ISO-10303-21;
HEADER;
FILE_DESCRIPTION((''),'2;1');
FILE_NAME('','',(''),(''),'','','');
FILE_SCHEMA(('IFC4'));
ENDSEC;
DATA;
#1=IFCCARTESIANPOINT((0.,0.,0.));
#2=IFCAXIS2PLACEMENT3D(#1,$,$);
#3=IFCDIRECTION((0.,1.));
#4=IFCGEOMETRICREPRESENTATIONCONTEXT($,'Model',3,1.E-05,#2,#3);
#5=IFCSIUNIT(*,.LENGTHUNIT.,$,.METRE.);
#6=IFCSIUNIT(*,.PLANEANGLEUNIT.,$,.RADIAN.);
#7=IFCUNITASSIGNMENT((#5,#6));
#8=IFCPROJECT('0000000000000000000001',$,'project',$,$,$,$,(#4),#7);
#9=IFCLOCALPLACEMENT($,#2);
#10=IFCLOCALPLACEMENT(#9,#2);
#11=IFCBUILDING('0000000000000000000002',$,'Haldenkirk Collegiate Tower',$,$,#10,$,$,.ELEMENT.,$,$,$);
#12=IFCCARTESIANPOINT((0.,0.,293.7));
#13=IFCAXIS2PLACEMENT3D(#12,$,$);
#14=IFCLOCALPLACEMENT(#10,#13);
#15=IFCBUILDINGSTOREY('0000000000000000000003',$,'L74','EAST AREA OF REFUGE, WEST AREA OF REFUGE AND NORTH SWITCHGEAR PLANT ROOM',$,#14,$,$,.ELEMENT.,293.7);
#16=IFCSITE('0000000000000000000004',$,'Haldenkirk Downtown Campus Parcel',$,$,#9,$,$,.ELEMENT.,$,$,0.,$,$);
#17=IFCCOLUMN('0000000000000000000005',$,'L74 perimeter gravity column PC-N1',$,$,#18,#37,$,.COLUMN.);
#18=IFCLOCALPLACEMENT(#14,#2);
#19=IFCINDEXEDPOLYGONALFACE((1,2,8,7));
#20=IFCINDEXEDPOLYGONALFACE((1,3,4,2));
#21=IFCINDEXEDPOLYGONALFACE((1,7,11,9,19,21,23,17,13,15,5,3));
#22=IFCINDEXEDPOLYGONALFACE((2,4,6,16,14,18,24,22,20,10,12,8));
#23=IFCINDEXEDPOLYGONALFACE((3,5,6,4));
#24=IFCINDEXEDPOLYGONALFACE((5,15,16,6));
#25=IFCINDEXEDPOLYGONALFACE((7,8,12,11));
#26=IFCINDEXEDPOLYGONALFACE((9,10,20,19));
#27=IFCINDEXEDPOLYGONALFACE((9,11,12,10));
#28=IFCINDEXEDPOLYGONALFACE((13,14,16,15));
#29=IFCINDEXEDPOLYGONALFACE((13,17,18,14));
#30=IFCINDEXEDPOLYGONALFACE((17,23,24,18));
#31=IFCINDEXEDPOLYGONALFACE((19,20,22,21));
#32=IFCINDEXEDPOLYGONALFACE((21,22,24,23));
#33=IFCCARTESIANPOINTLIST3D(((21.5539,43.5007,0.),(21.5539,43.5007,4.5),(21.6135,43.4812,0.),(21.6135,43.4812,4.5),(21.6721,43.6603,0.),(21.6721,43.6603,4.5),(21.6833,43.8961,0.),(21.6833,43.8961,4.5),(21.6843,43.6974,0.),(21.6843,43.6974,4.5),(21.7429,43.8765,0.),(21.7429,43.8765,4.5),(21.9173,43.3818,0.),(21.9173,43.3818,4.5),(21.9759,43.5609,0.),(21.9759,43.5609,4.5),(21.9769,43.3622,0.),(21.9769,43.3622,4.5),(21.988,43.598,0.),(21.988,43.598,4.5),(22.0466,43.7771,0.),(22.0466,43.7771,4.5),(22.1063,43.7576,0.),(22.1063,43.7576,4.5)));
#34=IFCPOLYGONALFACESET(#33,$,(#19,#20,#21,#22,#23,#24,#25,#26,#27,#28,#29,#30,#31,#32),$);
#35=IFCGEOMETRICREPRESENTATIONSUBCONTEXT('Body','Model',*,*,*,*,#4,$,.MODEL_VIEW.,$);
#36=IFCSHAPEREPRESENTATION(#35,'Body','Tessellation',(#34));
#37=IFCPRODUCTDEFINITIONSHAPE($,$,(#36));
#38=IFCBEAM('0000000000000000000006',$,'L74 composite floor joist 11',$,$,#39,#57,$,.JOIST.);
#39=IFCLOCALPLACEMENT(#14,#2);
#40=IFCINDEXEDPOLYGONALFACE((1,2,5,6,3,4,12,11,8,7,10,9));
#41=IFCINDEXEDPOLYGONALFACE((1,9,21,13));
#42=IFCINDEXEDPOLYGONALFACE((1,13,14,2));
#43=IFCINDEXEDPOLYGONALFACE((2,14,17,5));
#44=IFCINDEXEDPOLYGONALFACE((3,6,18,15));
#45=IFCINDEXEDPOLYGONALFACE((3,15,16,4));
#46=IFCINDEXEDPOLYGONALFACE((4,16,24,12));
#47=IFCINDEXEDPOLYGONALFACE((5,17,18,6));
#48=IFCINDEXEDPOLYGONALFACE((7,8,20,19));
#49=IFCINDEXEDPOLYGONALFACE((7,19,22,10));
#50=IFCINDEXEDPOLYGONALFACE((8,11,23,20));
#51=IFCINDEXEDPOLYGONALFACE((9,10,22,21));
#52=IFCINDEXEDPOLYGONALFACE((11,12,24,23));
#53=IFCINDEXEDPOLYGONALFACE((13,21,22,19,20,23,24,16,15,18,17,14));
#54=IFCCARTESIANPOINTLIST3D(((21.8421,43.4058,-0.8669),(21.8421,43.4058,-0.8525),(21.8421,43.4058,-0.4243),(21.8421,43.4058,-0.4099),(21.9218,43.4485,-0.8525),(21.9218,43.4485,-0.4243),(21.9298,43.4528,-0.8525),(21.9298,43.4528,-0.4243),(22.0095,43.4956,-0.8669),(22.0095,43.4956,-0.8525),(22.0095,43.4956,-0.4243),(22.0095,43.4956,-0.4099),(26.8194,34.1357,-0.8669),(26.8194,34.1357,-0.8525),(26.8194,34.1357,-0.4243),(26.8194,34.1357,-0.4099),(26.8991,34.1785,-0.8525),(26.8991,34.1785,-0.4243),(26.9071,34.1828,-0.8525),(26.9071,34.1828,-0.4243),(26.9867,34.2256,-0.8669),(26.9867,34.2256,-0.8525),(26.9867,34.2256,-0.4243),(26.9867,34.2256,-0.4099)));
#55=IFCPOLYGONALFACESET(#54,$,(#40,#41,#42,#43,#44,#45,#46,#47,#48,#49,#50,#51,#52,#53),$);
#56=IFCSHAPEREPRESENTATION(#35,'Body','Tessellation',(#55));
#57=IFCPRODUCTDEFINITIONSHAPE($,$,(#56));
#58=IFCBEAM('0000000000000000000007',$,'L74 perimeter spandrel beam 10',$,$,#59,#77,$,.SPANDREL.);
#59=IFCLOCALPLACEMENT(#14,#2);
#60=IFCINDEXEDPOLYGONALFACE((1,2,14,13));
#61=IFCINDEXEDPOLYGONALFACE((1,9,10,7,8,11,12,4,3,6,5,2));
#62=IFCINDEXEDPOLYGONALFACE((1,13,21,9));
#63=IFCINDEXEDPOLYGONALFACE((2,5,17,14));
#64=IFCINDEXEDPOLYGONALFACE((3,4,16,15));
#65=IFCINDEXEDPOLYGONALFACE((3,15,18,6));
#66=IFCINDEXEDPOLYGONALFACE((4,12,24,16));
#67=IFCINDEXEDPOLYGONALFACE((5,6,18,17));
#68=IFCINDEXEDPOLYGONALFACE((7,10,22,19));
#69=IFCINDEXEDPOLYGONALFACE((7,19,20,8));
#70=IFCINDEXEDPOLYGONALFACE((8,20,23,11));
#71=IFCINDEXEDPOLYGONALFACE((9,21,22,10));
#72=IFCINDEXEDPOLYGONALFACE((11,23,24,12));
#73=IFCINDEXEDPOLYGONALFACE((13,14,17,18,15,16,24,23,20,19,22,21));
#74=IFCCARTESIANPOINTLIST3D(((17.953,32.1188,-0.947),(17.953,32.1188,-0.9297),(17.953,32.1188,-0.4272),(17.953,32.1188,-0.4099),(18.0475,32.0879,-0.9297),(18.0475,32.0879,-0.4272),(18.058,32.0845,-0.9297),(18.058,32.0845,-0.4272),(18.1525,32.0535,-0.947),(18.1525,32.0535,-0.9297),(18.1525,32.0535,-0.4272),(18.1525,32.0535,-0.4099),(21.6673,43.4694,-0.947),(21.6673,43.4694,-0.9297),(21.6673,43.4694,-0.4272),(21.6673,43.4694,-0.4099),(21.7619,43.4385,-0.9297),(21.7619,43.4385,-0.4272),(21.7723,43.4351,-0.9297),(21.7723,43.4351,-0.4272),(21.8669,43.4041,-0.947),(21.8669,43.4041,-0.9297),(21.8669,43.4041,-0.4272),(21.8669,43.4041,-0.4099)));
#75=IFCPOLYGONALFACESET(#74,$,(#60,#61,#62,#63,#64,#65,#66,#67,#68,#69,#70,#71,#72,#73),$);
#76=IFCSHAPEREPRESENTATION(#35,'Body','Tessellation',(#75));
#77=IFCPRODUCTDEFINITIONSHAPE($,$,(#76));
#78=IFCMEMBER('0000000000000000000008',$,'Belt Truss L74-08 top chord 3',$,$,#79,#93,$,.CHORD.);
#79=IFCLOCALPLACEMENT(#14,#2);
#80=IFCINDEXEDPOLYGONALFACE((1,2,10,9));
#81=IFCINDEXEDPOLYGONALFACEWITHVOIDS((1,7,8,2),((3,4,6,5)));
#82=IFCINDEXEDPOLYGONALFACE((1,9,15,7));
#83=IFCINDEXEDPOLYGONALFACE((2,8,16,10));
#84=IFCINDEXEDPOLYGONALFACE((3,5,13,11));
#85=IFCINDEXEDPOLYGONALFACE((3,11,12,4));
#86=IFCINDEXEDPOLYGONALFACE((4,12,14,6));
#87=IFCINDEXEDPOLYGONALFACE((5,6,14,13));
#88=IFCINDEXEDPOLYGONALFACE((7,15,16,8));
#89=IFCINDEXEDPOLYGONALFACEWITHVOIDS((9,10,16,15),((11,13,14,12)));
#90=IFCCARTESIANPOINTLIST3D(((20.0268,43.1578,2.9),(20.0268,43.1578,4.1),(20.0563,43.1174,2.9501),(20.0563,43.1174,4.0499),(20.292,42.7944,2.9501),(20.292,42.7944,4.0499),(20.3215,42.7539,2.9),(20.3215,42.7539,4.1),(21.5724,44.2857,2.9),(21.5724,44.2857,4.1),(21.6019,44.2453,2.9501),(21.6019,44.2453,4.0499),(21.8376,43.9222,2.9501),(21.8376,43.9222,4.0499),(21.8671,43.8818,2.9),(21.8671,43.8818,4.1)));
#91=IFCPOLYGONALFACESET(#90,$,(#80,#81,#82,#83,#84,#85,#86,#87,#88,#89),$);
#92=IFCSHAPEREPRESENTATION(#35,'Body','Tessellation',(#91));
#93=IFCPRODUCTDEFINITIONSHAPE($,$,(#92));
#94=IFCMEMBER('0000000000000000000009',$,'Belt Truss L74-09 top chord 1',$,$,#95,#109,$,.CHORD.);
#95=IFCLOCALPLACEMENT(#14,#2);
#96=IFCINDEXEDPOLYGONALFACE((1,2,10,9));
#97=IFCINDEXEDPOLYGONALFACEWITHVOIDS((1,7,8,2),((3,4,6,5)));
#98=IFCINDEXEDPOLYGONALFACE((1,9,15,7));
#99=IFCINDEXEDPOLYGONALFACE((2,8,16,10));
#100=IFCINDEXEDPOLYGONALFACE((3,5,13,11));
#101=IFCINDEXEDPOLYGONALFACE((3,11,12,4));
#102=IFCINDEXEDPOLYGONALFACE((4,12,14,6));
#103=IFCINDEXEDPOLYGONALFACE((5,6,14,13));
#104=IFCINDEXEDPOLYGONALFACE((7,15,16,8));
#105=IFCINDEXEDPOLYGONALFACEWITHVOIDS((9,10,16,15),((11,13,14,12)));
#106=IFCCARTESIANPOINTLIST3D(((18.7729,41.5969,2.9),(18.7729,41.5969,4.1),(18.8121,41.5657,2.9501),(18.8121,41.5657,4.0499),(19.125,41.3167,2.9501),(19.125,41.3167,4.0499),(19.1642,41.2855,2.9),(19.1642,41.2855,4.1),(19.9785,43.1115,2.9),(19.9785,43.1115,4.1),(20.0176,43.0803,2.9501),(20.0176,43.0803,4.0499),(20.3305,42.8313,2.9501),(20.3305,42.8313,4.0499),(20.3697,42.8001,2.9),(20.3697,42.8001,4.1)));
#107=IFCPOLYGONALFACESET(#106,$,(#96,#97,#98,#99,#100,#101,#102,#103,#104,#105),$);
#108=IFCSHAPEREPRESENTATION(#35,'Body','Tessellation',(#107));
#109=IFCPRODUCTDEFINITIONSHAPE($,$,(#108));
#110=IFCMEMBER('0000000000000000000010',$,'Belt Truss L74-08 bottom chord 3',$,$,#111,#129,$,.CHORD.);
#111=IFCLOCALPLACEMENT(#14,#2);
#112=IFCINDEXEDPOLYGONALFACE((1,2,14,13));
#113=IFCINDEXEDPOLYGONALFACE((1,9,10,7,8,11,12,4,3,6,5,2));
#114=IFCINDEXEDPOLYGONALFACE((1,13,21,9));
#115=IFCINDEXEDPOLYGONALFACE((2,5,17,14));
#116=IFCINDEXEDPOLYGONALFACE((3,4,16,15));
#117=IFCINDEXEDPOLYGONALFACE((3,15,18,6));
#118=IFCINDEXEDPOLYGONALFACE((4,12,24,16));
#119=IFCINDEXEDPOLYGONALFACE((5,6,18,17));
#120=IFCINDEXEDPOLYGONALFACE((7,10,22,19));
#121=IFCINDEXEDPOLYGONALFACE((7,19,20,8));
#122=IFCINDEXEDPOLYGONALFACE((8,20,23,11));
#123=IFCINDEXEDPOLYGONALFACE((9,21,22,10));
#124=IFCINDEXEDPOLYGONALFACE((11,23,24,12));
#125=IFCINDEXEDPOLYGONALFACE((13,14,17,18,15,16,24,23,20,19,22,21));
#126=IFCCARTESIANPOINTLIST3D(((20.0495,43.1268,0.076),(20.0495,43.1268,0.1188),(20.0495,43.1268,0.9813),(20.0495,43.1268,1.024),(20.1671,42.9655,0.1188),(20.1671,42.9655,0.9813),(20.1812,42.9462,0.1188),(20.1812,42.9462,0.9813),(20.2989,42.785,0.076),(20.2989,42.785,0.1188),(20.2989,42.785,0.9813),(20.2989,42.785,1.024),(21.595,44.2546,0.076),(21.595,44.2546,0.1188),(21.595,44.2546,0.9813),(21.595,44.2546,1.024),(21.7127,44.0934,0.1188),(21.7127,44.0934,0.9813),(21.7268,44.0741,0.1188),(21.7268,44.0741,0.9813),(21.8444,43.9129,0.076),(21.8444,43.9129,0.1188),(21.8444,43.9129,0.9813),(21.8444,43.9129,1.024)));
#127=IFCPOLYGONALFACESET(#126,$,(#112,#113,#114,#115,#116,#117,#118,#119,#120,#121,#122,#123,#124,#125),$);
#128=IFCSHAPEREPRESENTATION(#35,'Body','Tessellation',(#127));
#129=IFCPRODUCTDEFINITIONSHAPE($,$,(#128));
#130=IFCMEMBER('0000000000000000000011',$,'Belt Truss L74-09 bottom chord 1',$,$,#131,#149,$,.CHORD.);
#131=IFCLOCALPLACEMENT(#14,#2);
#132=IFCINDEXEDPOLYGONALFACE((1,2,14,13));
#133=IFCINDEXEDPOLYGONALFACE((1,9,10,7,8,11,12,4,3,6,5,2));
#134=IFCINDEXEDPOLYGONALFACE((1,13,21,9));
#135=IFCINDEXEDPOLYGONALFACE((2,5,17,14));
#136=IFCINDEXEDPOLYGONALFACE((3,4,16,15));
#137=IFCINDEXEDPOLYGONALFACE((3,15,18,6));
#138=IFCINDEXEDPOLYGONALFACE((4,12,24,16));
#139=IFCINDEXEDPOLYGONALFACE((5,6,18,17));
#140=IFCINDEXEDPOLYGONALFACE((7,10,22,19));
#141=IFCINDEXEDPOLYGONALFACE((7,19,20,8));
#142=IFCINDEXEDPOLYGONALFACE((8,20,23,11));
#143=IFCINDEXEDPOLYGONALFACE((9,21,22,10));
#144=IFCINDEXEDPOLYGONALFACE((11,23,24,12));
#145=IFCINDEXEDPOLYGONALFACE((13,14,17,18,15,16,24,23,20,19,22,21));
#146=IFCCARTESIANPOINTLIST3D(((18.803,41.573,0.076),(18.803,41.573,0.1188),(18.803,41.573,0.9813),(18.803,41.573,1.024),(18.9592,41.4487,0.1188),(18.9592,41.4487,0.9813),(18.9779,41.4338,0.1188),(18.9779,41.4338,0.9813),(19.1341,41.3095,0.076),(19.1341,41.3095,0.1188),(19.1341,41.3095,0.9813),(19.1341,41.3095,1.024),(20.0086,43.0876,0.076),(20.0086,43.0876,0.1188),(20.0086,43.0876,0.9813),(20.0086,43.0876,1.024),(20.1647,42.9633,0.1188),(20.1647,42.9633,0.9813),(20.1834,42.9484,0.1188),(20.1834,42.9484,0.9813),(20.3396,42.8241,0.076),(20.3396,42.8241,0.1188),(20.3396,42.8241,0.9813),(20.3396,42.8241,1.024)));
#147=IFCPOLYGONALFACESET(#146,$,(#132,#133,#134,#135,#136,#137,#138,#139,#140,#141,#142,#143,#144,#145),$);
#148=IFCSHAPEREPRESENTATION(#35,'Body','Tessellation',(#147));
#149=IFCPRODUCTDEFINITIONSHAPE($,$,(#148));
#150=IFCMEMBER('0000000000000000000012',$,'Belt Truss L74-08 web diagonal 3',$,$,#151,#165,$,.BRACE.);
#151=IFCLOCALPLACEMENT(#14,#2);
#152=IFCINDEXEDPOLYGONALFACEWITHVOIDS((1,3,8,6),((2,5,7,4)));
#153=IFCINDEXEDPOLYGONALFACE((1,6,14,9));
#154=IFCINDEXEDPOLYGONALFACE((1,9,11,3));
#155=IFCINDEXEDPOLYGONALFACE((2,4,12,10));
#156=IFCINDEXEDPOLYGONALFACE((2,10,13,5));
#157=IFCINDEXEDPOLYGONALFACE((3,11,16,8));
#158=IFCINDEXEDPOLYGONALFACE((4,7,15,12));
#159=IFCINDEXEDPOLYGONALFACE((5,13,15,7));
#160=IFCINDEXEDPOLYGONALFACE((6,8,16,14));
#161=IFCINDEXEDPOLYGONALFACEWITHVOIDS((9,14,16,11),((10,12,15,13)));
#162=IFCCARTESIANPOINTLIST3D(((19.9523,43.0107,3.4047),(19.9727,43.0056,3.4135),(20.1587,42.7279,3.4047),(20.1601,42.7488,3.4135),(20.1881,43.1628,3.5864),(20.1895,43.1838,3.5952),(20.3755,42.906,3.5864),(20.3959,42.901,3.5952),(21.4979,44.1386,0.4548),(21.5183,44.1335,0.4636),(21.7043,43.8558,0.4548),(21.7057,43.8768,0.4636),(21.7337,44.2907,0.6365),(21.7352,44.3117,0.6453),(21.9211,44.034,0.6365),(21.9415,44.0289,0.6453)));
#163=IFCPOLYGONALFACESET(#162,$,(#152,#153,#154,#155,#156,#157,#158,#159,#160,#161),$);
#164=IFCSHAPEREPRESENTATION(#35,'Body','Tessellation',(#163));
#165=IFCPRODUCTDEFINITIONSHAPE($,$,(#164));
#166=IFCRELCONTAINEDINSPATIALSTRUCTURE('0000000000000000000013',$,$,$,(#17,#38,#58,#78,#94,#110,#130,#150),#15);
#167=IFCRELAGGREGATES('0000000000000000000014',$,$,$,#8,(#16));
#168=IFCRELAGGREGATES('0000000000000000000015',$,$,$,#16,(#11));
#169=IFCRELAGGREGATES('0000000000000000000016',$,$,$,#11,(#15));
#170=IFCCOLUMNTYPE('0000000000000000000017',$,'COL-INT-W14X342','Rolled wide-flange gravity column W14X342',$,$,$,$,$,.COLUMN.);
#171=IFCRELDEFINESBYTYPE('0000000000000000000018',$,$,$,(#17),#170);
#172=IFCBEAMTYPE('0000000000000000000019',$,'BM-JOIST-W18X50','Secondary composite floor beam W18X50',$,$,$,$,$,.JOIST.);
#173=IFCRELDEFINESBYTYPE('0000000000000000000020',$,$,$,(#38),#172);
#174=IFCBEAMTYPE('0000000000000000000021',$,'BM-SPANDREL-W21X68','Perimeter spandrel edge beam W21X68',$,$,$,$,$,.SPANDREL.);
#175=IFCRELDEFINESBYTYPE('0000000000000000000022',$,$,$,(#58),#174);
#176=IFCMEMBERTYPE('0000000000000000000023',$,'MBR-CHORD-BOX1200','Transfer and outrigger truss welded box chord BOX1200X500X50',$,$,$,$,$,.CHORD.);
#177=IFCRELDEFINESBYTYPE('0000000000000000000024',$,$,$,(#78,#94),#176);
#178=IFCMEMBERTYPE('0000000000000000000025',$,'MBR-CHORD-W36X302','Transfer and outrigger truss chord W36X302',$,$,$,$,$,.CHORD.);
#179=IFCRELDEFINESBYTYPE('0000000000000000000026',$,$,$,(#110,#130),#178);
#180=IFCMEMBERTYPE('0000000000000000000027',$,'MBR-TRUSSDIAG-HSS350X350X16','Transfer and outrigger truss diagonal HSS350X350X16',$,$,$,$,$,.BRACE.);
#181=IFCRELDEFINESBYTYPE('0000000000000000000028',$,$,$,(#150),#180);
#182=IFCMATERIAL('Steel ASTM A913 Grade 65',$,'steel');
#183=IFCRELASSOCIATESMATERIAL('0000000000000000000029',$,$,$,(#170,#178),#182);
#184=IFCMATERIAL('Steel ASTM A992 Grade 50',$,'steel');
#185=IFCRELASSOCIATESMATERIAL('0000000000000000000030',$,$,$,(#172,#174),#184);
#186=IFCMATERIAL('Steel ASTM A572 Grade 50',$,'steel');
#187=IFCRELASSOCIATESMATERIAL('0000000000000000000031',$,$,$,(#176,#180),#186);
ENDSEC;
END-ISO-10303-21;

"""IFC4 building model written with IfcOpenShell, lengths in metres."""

from ifc_helpers import new_model, si_unit, direction, frame, origin, origin_2d, place, context, subcontext, project, spatial, hollow_rectangle, i_section, extrude, material, material_profile, profile_set, type_object, element, save


model = new_model("IFC4")

# Units and contexts
model_context = context("Model", 3, precision=1e-05, world=origin(), true_north=direction((0.0, 1.0)))
body_context = subcontext(model_context, "Body", "Model", "MODEL_VIEW")
ifc_project = project(units=[si_unit("LENGTHUNIT", "METRE"), si_unit("PLANEANGLEUNIT", "RADIAN")], contexts=[model_context])

# Site, building, storey
site_placement = place(None, origin())
site = spatial("IfcSite", under=ifc_project, at=site_placement, Name="Haldenkirk Downtown Campus Parcel", CompositionType="ELEMENT", RefElevation=0.0)
building_placement = place(site_placement, origin())
building = spatial("IfcBuilding", under=site, at=building_placement, Name="Haldenkirk Collegiate Tower", CompositionType="ELEMENT")
storey_placement = place(building_placement, frame((0.0, 0.0, 293.7)))
storey = spatial("IfcBuildingStorey", under=building, at=storey_placement, Name="L74", Description="EAST AREA OF REFUGE, WEST AREA OF REFUGE AND NORTH SWITCHGEAR PLANT ROOM", CompositionType="ELEMENT", Elevation=293.7)

# Column
ifc_material_1 = material(Name="Steel ASTM A913 Grade 65", Category="steel")
ifc_material_profile_1 = material_profile(ifc_material_1, i_section(OverallWidth=0.416, OverallDepth=0.4451, WebThickness=0.0391, FlangeThickness=0.0627, at=origin_2d()), Name="W14X342")
ifc_profile_set_1 = profile_set([ifc_material_profile_1], Name="Steel ASTM A913 Grade 65")
column_type = type_object("IfcColumnType", Name="COL-INT-W14X342", Description="Rolled wide-flange gravity column W14X342", PredefinedType="COLUMN", material=ifc_profile_set_1)
column_placement = place(storey_placement, frame((21.8301, 43.6292, 0.0), z_axis=(0.0, 0.0, 1.0), x_axis=(0.311008, 0.950407, 0.0)))
element("IfcColumn", 1, at=column_placement, inside=storey, type_object=column_type, Name="L74 perimeter gravity column PC-N1", PredefinedType="COLUMN", context=body_context, shape_type="SweptSolid", body=[
    extrude(i_section(OverallWidth=0.416, OverallDepth=0.4451, WebThickness=0.0391, FlangeThickness=0.0627, at=origin_2d()), origin(), (0.0, 0.0, 1.0), 4.5),
])

# Beams
ifc_material_2 = material(Name="Steel ASTM A992 Grade 50", Category="steel")
ifc_material_profile_2 = material_profile(ifc_material_2, i_section(OverallWidth=0.1899, OverallDepth=0.457, WebThickness=0.009, FlangeThickness=0.0144, at=origin_2d()), Name="W18X50")
ifc_profile_set_2 = profile_set([ifc_material_profile_2], Name="Steel ASTM A992 Grade 50")
beam_type_1 = type_object("IfcBeamType", Name="BM-JOIST-W18X50", Description="Secondary composite floor beam W18X50", PredefinedType="JOIST", material=ifc_profile_set_2)
beam_1_placement = place(storey_placement, frame((21.9258, 43.4507, -0.6384), z_axis=(0.473049, -0.881036, 0.0), x_axis=(0.881036, 0.473049, 0.0)))
element("IfcBeam", 2, at=beam_1_placement, inside=storey, type_object=beam_type_1, Name="L74 composite floor joist 11", PredefinedType="JOIST", context=body_context, shape_type="SweptSolid", body=[
    extrude(i_section(OverallWidth=0.1899, OverallDepth=0.457, WebThickness=0.009, FlangeThickness=0.0144, at=origin_2d()), origin(), (0.0, 0.0, 1.0), 10.5217),
])
ifc_material_profile_3 = material_profile(ifc_material_2, i_section(OverallWidth=0.21, OverallDepth=0.5371, WebThickness=0.011, FlangeThickness=0.0173, at=origin_2d()), Name="W21X68")
ifc_profile_set_3 = profile_set([ifc_material_profile_3], Name="Steel ASTM A992 Grade 50")
beam_type_2 = type_object("IfcBeamType", Name="BM-SPANDREL-W21X68", Description="Perimeter spandrel edge beam W21X68", PredefinedType="SPANDREL", material=ifc_profile_set_3)
beam_2_placement = place(storey_placement, frame((21.7671, 43.4368, -0.6785), z_axis=(-0.31101, -0.950407, 0.0), x_axis=(0.950407, -0.31101, 0.0)))
element("IfcBeam", 3, at=beam_2_placement, inside=storey, type_object=beam_type_2, Name="L74 perimeter spandrel beam 10", PredefinedType="SPANDREL", context=body_context, shape_type="SweptSolid", body=[
    extrude(i_section(OverallWidth=0.21, OverallDepth=0.5371, WebThickness=0.011, FlangeThickness=0.0173, at=origin_2d()), origin(), (0.0, 0.0, 1.0), 11.9429),
])

# Members
ifc_material_3 = material(Name="Steel ASTM A572 Grade 50", Category="steel")
ifc_material_profile_4 = material_profile(ifc_material_3, hollow_rectangle(XDim=0.5, YDim=1.2, WallThickness=0.05, at=origin_2d()), Name="BOX1200X500X50")
ifc_profile_set_4 = profile_set([ifc_material_profile_4], Name="Steel ASTM A572 Grade 50")
member_type_1 = type_object("IfcMemberType", Name="MBR-CHORD-BOX1200", Description="Transfer and outrigger truss welded box chord BOX1200X500X50", PredefinedType="CHORD", material=ifc_profile_set_4)
member_1_placement = place(storey_placement, frame((21.7197, 44.0837, 3.5), z_axis=(-0.807786, -0.589476, 0.0), x_axis=(0.589476, -0.807786, 0.0)))
element("IfcMember", 4, at=member_1_placement, inside=storey, type_object=member_type_1, Name="Belt Truss L74-08 top chord 3", PredefinedType="CHORD", context=body_context, shape_type="SweptSolid", body=[
    extrude(hollow_rectangle(XDim=0.5, YDim=1.2, WallThickness=0.05, at=origin_2d()), origin(), (0.0, 0.0, 1.0), 1.9133),
])
member_2_placement = place(storey_placement, frame((20.1741, 42.9558, 3.5), z_axis=(-0.622755, -0.782417, 0.0), x_axis=(0.782417, -0.622755, 0.0)))
element("IfcMember", 5, at=member_2_placement, inside=storey, type_object=member_type_1, Name="Belt Truss L74-09 top chord 1", PredefinedType="CHORD", context=body_context, shape_type="SweptSolid", body=[
    extrude(hollow_rectangle(XDim=0.5, YDim=1.2, WallThickness=0.05, at=origin_2d()), origin(), (0.0, 0.0, 1.0), 1.9358),
])
ifc_material_profile_5 = material_profile(ifc_material_1, i_section(OverallWidth=0.4231, OverallDepth=0.948, WebThickness=0.0239, FlangeThickness=0.0427, at=origin_2d()), Name="W36X302")
ifc_profile_set_5 = profile_set([ifc_material_profile_5], Name="Steel ASTM A913 Grade 65")
member_type_2 = type_object("IfcMemberType", Name="MBR-CHORD-W36X302", Description="Transfer and outrigger truss chord W36X302", PredefinedType="CHORD", material=ifc_profile_set_5)
member_3_placement = place(storey_placement, frame((21.7197, 44.0837, 0.55), z_axis=(-0.807786, -0.589476, 0.0), x_axis=(0.589476, -0.807786, 0.0)))
element("IfcMember", 6, at=member_3_placement, inside=storey, type_object=member_type_2, Name="Belt Truss L74-08 bottom chord 3", PredefinedType="CHORD", context=body_context, shape_type="SweptSolid", body=[
    extrude(i_section(OverallWidth=0.4231, OverallDepth=0.948, WebThickness=0.0239, FlangeThickness=0.0427, at=origin_2d()), origin(), (0.0, 0.0, 1.0), 1.9133),
])
member_4_placement = place(storey_placement, frame((20.1741, 42.9558, 0.55), z_axis=(-0.622755, -0.782417, 0.0), x_axis=(0.782417, -0.622755, 0.0)))
element("IfcMember", 7, at=member_4_placement, inside=storey, type_object=member_type_2, Name="Belt Truss L74-09 bottom chord 1", PredefinedType="CHORD", context=body_context, shape_type="SweptSolid", body=[
    extrude(i_section(OverallWidth=0.4231, OverallDepth=0.948, WebThickness=0.0239, FlangeThickness=0.0427, at=origin_2d()), origin(), (0.0, 0.0, 1.0), 1.9358),
])
ifc_material_profile_6 = material_profile(ifc_material_3, hollow_rectangle(XDim=0.3501, YDim=0.3501, WallThickness=0.0161, at=origin_2d()), Name="HSS350X350X16")
ifc_profile_set_6 = profile_set([ifc_material_profile_6], Name="Steel ASTM A572 Grade 50")
member_type_3 = type_object("IfcMemberType", Name="MBR-TRUSSDIAG-HSS350X350X16", Description="Transfer and outrigger truss diagonal HSS350X350X16", PredefinedType="BRACE", material=ifc_profile_set_6)
member_5_placement = place(storey_placement, frame((21.7197, 44.0837, 0.55), z_axis=(-0.439584, -0.320783, 0.838966), x_axis=(0.589476, -0.807786, 0.0)))
element("IfcMember", 8, at=member_5_placement, inside=storey, type_object=member_type_3, Name="Belt Truss L74-08 web diagonal 3", PredefinedType="BRACE", context=body_context, shape_type="SweptSolid", body=[
    extrude(hollow_rectangle(XDim=0.3501, YDim=0.3501, WallThickness=0.0161, at=origin_2d()), origin(), (0.0, 0.0, 1.0), 3.5161),
])

save(model, "model.ifc")
